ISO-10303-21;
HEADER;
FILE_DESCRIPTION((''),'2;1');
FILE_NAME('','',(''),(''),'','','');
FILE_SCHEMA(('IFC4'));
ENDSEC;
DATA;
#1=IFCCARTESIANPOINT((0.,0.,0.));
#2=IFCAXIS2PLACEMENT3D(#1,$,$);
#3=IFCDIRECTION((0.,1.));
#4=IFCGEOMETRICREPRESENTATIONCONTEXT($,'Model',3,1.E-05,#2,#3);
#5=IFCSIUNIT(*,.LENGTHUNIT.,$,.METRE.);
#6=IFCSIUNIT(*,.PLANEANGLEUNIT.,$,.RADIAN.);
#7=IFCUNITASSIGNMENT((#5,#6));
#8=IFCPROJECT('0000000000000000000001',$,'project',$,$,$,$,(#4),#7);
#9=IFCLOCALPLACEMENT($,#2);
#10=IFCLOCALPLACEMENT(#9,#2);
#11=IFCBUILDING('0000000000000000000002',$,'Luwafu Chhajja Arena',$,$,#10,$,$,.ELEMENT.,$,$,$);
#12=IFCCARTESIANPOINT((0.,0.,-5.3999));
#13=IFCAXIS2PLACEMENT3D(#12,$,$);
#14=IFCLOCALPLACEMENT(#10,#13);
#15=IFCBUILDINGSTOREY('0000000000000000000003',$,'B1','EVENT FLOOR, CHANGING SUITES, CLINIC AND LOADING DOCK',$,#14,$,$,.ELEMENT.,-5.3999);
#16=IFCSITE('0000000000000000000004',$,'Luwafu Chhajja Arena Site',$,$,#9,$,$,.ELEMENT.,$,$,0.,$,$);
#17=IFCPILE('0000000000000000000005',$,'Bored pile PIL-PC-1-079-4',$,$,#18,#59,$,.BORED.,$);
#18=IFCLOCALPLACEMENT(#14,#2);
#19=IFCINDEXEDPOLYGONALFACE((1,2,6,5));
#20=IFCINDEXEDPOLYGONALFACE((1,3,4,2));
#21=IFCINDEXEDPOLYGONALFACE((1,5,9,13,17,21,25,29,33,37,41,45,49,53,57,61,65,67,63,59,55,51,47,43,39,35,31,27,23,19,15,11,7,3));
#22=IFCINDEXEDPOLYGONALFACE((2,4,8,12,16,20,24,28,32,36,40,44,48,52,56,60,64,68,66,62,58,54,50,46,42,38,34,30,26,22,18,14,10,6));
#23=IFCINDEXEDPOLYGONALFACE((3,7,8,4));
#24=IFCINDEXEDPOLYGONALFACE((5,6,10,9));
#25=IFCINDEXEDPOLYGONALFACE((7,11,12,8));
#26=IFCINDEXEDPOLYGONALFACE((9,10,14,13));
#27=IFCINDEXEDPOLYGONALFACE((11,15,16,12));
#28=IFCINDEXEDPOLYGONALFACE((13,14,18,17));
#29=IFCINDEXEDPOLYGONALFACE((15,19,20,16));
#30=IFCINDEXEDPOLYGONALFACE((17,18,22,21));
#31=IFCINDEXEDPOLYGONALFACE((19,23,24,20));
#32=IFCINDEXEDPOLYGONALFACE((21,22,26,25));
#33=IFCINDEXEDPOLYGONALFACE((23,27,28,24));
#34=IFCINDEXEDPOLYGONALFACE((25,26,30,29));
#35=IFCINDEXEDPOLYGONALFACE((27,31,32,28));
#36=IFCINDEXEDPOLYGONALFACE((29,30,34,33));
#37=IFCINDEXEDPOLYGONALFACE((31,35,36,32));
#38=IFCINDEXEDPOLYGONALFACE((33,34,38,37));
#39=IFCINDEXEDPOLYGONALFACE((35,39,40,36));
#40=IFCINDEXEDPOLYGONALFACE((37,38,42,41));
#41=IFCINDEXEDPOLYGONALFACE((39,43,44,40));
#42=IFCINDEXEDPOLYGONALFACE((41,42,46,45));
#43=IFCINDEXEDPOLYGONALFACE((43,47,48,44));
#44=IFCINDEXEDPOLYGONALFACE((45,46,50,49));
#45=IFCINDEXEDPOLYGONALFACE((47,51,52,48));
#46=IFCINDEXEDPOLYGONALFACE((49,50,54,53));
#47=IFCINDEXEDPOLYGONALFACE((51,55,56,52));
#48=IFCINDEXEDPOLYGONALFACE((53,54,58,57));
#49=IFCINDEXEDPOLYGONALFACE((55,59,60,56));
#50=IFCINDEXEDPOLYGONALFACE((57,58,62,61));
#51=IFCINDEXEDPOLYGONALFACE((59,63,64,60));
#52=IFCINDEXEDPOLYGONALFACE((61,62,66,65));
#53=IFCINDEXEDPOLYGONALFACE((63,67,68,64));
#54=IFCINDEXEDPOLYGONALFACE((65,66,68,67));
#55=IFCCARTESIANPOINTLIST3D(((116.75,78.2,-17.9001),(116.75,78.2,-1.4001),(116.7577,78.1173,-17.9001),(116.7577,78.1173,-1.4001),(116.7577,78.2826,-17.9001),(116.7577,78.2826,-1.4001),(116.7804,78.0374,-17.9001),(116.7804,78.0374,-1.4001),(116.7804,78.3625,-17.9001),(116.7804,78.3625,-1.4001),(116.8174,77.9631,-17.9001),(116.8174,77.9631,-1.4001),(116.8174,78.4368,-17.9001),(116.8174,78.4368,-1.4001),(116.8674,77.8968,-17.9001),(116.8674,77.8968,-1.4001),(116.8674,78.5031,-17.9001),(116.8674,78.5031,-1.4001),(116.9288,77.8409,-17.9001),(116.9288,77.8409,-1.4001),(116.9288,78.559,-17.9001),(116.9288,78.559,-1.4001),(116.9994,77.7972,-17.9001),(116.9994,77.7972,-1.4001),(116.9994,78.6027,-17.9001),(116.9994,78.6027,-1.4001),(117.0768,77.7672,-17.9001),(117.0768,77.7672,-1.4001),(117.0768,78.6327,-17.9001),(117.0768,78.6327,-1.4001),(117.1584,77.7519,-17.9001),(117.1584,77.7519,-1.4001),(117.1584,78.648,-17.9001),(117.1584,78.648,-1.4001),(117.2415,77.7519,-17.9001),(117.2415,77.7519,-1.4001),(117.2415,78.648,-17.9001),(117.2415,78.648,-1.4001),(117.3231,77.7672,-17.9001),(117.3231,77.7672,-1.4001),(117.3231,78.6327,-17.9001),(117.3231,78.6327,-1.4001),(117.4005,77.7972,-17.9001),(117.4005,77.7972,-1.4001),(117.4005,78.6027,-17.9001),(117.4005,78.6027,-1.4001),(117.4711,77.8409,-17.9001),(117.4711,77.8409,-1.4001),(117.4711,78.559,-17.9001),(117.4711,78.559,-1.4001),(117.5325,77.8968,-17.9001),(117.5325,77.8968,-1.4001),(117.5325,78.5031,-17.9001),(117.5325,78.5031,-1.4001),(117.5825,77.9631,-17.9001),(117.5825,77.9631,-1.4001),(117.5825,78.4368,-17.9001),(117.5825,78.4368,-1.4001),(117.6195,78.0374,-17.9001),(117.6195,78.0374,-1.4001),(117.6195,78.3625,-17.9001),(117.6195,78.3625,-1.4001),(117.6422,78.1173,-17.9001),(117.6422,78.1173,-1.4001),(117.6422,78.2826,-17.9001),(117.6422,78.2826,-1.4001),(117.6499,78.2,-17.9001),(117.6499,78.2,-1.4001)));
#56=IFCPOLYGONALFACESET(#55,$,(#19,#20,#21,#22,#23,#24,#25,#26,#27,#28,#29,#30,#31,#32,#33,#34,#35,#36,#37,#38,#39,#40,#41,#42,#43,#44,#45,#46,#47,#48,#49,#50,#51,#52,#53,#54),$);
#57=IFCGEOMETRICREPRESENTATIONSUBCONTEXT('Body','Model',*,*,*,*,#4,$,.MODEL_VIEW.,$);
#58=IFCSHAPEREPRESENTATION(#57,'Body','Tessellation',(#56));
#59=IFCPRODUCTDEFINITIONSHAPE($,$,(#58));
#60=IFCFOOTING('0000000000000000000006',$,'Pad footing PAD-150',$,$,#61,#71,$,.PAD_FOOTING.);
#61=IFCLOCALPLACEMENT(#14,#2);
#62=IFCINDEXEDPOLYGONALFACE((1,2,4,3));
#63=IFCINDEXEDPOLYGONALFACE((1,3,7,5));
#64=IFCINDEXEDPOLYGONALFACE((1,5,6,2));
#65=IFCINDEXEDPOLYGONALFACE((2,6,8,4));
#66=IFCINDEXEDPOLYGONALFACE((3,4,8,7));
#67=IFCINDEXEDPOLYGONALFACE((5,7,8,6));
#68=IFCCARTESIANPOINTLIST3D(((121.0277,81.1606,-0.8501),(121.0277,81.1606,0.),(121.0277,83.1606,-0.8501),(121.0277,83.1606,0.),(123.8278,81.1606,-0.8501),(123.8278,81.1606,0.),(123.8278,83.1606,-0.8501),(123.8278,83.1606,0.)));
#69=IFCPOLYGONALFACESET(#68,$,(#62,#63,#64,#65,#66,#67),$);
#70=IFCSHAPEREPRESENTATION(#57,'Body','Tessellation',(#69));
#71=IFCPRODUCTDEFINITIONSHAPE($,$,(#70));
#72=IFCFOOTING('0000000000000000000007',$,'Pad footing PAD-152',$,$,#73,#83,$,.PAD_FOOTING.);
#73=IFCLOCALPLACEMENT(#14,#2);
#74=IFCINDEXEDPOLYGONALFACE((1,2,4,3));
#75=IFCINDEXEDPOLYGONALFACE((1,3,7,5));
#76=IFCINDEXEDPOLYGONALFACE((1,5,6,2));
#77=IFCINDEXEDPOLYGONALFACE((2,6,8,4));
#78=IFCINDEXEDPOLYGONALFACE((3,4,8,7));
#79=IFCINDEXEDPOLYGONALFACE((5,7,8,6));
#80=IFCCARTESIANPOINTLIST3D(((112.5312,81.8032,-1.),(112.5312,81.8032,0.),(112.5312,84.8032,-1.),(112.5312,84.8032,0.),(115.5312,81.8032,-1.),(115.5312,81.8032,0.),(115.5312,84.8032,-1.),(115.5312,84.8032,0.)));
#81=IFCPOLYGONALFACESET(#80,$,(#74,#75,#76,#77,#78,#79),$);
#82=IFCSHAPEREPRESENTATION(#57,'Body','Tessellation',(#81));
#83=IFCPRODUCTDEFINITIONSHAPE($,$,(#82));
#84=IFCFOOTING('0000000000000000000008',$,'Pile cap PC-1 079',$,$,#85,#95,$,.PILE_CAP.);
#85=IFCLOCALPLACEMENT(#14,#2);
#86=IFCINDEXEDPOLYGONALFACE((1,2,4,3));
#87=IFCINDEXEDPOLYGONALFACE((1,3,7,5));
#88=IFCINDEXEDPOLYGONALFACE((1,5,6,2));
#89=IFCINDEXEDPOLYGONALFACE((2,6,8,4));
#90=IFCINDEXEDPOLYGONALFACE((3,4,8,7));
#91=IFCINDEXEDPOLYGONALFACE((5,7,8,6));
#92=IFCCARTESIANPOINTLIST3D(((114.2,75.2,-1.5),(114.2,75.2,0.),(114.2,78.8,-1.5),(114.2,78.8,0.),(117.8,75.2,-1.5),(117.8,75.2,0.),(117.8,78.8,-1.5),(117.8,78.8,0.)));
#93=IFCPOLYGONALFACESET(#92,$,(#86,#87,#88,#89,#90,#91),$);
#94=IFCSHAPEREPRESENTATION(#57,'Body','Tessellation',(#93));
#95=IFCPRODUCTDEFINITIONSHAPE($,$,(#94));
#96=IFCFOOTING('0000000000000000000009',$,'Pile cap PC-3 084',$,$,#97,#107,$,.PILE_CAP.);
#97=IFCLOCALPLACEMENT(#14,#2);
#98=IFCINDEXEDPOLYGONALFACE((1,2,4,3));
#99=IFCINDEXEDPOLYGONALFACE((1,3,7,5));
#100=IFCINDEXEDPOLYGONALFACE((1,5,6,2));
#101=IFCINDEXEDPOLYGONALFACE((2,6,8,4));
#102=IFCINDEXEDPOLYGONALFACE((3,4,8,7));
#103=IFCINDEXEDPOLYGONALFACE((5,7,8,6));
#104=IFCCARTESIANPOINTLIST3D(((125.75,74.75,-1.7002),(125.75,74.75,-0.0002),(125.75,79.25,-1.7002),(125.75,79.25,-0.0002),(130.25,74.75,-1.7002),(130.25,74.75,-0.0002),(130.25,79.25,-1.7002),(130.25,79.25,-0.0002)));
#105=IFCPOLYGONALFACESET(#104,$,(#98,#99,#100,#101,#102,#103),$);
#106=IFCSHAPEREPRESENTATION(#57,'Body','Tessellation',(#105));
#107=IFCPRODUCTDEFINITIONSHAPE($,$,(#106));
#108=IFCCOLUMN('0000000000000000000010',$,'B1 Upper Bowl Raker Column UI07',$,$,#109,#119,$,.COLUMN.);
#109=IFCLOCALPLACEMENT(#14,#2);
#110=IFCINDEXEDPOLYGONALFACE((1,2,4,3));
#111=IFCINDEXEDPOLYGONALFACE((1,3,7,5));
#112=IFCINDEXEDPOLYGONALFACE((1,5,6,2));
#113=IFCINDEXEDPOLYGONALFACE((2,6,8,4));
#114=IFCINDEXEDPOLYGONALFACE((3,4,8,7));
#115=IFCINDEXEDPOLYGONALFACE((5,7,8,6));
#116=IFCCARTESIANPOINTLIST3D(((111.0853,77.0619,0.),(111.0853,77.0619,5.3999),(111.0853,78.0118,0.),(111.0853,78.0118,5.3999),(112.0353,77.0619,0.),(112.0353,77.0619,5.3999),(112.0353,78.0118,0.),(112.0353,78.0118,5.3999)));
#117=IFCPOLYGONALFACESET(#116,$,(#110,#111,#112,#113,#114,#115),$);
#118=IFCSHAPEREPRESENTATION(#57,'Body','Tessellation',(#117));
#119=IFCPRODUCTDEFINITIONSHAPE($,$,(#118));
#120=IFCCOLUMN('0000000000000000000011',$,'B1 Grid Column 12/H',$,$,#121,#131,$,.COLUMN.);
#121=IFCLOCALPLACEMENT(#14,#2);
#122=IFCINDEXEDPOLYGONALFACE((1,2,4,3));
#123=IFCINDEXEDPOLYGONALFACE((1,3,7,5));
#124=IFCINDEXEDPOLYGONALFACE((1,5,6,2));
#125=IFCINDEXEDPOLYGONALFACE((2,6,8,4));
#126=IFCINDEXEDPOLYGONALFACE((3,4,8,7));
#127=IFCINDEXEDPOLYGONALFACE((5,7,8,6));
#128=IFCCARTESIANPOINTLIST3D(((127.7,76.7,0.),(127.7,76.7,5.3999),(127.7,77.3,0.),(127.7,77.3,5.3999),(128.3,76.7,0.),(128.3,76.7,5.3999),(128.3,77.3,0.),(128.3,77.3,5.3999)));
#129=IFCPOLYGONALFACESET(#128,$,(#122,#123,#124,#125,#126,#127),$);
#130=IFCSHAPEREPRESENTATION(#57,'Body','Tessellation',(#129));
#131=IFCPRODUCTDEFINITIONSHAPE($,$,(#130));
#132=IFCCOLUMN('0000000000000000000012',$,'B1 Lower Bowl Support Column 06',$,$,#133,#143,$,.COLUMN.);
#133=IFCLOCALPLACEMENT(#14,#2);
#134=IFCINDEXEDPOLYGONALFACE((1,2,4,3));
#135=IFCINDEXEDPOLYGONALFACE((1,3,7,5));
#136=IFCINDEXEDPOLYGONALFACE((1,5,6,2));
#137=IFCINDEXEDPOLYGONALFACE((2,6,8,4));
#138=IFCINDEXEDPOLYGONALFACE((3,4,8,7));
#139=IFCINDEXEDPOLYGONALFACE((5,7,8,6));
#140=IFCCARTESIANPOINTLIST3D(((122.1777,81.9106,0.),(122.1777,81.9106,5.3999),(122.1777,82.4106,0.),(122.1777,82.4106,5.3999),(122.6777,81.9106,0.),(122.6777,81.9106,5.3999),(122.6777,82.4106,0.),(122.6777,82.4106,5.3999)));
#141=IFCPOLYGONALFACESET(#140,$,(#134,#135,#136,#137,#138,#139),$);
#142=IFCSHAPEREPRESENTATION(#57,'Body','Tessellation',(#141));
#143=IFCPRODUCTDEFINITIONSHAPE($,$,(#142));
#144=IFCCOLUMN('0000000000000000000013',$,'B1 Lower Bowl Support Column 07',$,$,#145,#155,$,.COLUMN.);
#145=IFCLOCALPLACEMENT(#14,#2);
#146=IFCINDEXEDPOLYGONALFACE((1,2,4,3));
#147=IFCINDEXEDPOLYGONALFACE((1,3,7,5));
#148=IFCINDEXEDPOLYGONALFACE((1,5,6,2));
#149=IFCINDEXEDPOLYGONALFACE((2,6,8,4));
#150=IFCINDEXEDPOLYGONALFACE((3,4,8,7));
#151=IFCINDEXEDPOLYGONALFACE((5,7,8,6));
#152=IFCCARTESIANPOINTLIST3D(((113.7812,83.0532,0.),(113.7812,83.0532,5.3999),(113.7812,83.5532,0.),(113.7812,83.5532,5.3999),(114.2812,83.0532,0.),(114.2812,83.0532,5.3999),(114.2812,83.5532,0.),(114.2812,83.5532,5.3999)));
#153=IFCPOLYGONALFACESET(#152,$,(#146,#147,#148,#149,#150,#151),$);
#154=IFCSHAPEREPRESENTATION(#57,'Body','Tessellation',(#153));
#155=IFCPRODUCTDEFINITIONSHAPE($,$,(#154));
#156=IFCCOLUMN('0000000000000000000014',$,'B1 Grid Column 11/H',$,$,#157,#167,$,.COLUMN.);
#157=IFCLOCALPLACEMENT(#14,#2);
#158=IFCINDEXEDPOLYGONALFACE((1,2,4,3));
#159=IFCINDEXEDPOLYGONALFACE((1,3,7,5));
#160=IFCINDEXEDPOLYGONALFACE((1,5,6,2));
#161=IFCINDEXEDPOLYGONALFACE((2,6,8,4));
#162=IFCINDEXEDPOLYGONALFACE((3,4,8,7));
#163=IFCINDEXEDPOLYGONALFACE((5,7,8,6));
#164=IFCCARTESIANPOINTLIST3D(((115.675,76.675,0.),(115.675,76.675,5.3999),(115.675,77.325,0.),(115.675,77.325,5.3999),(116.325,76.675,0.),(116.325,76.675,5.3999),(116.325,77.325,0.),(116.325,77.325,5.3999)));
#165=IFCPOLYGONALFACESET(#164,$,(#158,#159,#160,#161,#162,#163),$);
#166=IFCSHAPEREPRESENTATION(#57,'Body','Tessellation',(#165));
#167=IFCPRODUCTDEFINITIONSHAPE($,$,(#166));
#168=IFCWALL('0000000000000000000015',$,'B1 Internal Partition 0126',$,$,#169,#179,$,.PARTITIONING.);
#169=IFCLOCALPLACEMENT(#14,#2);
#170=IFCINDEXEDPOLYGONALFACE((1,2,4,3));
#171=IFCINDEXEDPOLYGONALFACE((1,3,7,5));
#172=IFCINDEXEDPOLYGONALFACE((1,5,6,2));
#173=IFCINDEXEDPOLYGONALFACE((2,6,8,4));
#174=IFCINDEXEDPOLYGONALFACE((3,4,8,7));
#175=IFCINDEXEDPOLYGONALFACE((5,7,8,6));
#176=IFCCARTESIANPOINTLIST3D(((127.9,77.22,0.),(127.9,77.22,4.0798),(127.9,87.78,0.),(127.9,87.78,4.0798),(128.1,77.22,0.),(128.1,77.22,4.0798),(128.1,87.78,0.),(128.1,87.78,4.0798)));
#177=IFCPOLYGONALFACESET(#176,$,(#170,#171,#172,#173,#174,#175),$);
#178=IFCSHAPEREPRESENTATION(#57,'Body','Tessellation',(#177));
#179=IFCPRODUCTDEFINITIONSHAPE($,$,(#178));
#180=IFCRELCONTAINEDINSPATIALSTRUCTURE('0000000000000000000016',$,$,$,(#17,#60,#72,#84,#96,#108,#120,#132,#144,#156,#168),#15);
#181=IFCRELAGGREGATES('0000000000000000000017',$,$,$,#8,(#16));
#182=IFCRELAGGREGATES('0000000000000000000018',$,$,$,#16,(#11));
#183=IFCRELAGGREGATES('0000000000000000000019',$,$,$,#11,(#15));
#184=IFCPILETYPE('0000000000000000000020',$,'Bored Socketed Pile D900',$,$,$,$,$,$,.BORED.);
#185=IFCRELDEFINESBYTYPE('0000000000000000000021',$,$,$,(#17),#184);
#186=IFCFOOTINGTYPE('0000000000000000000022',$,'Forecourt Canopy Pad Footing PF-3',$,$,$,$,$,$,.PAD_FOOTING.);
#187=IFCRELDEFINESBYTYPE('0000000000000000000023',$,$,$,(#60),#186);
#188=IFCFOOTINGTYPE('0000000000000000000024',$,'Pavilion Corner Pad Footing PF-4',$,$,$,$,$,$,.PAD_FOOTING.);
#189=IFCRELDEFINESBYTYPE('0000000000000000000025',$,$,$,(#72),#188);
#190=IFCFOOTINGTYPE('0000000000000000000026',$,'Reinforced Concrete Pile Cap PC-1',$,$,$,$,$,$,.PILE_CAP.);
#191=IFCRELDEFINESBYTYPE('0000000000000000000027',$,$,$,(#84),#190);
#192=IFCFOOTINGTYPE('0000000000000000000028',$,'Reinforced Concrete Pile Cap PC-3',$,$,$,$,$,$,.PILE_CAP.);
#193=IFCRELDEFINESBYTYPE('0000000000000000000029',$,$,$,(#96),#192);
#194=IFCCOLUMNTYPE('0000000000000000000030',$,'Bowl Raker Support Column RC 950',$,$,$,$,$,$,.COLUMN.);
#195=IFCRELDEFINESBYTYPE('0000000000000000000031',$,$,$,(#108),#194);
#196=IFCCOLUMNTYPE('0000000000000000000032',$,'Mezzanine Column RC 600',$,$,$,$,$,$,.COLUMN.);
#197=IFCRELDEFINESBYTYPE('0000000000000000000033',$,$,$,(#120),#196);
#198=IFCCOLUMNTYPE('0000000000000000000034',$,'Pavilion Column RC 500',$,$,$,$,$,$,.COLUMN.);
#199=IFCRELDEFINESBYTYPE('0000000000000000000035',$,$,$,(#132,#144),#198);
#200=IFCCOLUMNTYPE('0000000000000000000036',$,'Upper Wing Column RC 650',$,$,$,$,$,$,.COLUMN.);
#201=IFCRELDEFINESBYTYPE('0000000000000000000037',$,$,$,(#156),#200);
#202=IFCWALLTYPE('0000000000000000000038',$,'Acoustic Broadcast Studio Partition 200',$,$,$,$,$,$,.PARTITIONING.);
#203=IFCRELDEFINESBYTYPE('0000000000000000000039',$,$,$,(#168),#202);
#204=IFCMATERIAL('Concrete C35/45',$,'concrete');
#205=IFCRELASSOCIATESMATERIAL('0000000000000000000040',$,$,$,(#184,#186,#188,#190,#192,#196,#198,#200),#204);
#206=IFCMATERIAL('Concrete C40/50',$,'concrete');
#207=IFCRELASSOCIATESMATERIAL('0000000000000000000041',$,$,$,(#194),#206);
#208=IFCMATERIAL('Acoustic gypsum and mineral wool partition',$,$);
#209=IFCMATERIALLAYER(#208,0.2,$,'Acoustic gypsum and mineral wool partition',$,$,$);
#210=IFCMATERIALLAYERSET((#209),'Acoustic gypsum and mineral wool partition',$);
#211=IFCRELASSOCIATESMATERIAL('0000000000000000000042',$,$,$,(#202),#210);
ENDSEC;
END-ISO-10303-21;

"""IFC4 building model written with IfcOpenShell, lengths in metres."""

from ifc_helpers import new_model, si_unit, direction, frame, frame_2d, origin, origin_2d, place, context, subcontext, project, spatial, rectangle, circle, extrude, material, layer, layer_set, material_profile, profile_set, type_object, element, save


model = new_model("IFC4")

# Units and contexts
model_context = context("Model", 3, precision=1e-05, world=origin(), true_north=direction((0.0, 1.0)))
body_context = subcontext(model_context, "Body", "Model", "MODEL_VIEW")
ifc_project = project(units=[si_unit("LENGTHUNIT", "METRE"), si_unit("PLANEANGLEUNIT", "RADIAN")], contexts=[model_context])

# Site, building, storey
site_placement = place(None, origin())
site = spatial("IfcSite", under=ifc_project, at=site_placement, Name="Luwafu Chhajja Arena Site", CompositionType="ELEMENT", RefElevation=0.0)
building_placement = place(site_placement, origin())
building = spatial("IfcBuilding", under=site, at=building_placement, Name="Luwafu Chhajja Arena", CompositionType="ELEMENT")
storey_placement = place(building_placement, frame((0.0, 0.0, -5.3999)))
storey = spatial("IfcBuildingStorey", under=building, at=storey_placement, Name="B1", Description="EVENT FLOOR, CHANGING SUITES, CLINIC AND LOADING DOCK", CompositionType="ELEMENT", Elevation=-5.3999)

# Pile
ifc_material_1 = material(Name="Concrete C35/45", Category="concrete")
ifc_material_profile_1 = material_profile(ifc_material_1, circle(Radius=0.45, at=origin_2d()), Name="PILE D900")
ifc_profile_set_1 = profile_set([ifc_material_profile_1], Name="Concrete C35/45")
pile_type_1 = type_object("IfcPileType", Name="Bored Socketed Pile D900", PredefinedType="BORED", material=ifc_profile_set_1)
for number, where, z_axis, x_axis, name in (
    (1, (117.2, 78.2, -1.4001), (0.0, 0.0, -1.0), (1.0, 0.0, 0.0), "Bored pile PIL-PC-1-079-4"),
):
    element("IfcPile", number, at=place(storey_placement, frame(where, z_axis=z_axis, x_axis=x_axis)), inside=storey, type_object=pile_type_1, Name=name, PredefinedType="BORED", context=body_context, shape_type="SweptSolid", body=[
        extrude(circle(Radius=0.45, at=origin_2d()), origin(), (0.0, 0.0, 1.0), 16.5),
    ])

# Footings
footing_type_1 = type_object("IfcFootingType", Name="Forecourt Canopy Pad Footing PF-3", PredefinedType="PAD_FOOTING", material=ifc_material_1)
footing_1_placement = place(storey_placement, frame((122.4277, 82.1606, -0.8501), z_axis=(0.0, 0.0, 1.0), x_axis=(1.0, 0.0, 0.0)))
element("IfcFooting", 2, at=footing_1_placement, inside=storey, type_object=footing_type_1, Name="Pad footing PAD-150", PredefinedType="PAD_FOOTING", context=body_context, shape_type="SweptSolid", body=[
    extrude(rectangle(XDim=2.8, YDim=2.0, at=origin_2d()), origin(), (0.0, 0.0, 1.0), 0.8501),
])
footing_type_2 = type_object("IfcFootingType", Name="Pavilion Corner Pad Footing PF-4", PredefinedType="PAD_FOOTING", material=ifc_material_1)
footing_2_placement = place(storey_placement, frame((114.0312, 83.3032, -1.0), z_axis=(0.0, 0.0, 1.0), x_axis=(1.0, 0.0, 0.0)))
element("IfcFooting", 3, at=footing_2_placement, inside=storey, type_object=footing_type_2, Name="Pad footing PAD-152", PredefinedType="PAD_FOOTING", context=body_context, shape_type="SweptSolid", body=[
    extrude(rectangle(XDim=3.0, YDim=3.0, at=origin_2d()), origin(), (0.0, 0.0, 1.0), 1.0),
])
footing_type_3 = type_object("IfcFootingType", Name="Reinforced Concrete Pile Cap PC-1", PredefinedType="PILE_CAP", material=ifc_material_1)
footing_3_placement = place(storey_placement, frame((116.0, 77.0, -1.5), z_axis=(0.0, 0.0, 1.0), x_axis=(1.0, 0.0, 0.0)))
element("IfcFooting", 4, at=footing_3_placement, inside=storey, type_object=footing_type_3, Name="Pile cap PC-1 079", PredefinedType="PILE_CAP", context=body_context, shape_type="SweptSolid", body=[
    extrude(rectangle(XDim=3.6001, YDim=3.6001, at=origin_2d()), origin(), (0.0, 0.0, 1.0), 1.5),
])
footing_type_4 = type_object("IfcFootingType", Name="Reinforced Concrete Pile Cap PC-3", PredefinedType="PILE_CAP", material=ifc_material_1)
footing_4_placement = place(storey_placement, frame((128.0, 77.0, -1.7002), z_axis=(0.0, 0.0, 1.0), x_axis=(1.0, 0.0, 0.0)))
element("IfcFooting", 5, at=footing_4_placement, inside=storey, type_object=footing_type_4, Name="Pile cap PC-3 084", PredefinedType="PILE_CAP", context=body_context, shape_type="SweptSolid", body=[
    extrude(rectangle(XDim=4.5, YDim=4.5, at=origin_2d()), origin(), (0.0, 0.0, 1.0), 1.7),
])

# Columns
ifc_material_2 = material(Name="Concrete C40/50", Category="concrete")
ifc_material_profile_2 = material_profile(ifc_material_2, rectangle(XDim=0.95, YDim=0.95, at=origin_2d()), Name="RC 950x950")
ifc_profile_set_2 = profile_set([ifc_material_profile_2], Name="Concrete C40/50")
column_type_1 = type_object("IfcColumnType", Name="Bowl Raker Support Column RC 950", PredefinedType="COLUMN", material=ifc_profile_set_2)
column_1_placement = place(storey_placement, frame((111.5603, 77.5369, 0.0), z_axis=(0.0, 0.0, 1.0), x_axis=(1.0, 0.0, 0.0)))
element("IfcColumn", 6, at=column_1_placement, inside=storey, type_object=column_type_1, Name="B1 Upper Bowl Raker Column UI07", PredefinedType="COLUMN", context=body_context, shape_type="SweptSolid", body=[
    extrude(rectangle(XDim=0.95, YDim=0.95, at=origin_2d()), origin(), (0.0, 0.0, 1.0), 5.3999),
])
ifc_material_profile_3 = material_profile(ifc_material_1, rectangle(XDim=0.6001, YDim=0.6001, at=origin_2d()), Name="RC 600x600")
ifc_profile_set_3 = profile_set([ifc_material_profile_3], Name="Concrete C35/45")
column_type_2 = type_object("IfcColumnType", Name="Mezzanine Column RC 600", PredefinedType="COLUMN", material=ifc_profile_set_3)
column_2_placement = place(storey_placement, frame((128.0, 77.0, 0.0), z_axis=(0.0, 0.0, 1.0), x_axis=(1.0, 0.0, 0.0)))
element("IfcColumn", 7, at=column_2_placement, inside=storey, type_object=column_type_2, Name="B1 Grid Column 12/H", PredefinedType="COLUMN", context=body_context, shape_type="SweptSolid", body=[
    extrude(rectangle(XDim=0.6001, YDim=0.6001, at=origin_2d()), origin(), (0.0, 0.0, 1.0), 5.3999),
])
ifc_material_profile_4 = material_profile(ifc_material_1, rectangle(XDim=0.5, YDim=0.5, at=origin_2d()), Name="RC 500x500")
ifc_profile_set_4 = profile_set([ifc_material_profile_4], Name="Concrete C35/45")
column_type_3 = type_object("IfcColumnType", Name="Pavilion Column RC 500", PredefinedType="COLUMN", material=ifc_profile_set_4)
for number, where, z_axis, x_axis, name in (
    (8, (122.4277, 82.1606, 0.0), (0.0, 0.0, 1.0), (1.0, 0.0, 0.0), "B1 Lower Bowl Support Column 06"),
    (9, (114.0312, 83.3032, 0.0), (0.0, 0.0, 1.0), (1.0, 0.0, 0.0), "B1 Lower Bowl Support Column 07"),
):
    element("IfcColumn", number, at=place(storey_placement, frame(where, z_axis=z_axis, x_axis=x_axis)), inside=storey, type_object=column_type_3, Name=name, PredefinedType="COLUMN", context=body_context, shape_type="SweptSolid", body=[
        extrude(rectangle(XDim=0.5, YDim=0.5, at=origin_2d()), origin(), (0.0, 0.0, 1.0), 5.3999),
    ])
ifc_material_profile_5 = material_profile(ifc_material_1, rectangle(XDim=0.6499, YDim=0.6499, at=origin_2d()), Name="RC 650x650")
ifc_profile_set_5 = profile_set([ifc_material_profile_5], Name="Concrete C35/45")
column_type_4 = type_object("IfcColumnType", Name="Upper Wing Column RC 650", PredefinedType="COLUMN", material=ifc_profile_set_5)
column_3_placement = place(storey_placement, frame((116.0, 77.0, 0.0), z_axis=(0.0, 0.0, 1.0), x_axis=(1.0, 0.0, 0.0)))
element("IfcColumn", 10, at=column_3_placement, inside=storey, type_object=column_type_4, Name="B1 Grid Column 11/H", PredefinedType="COLUMN", context=body_context, shape_type="SweptSolid", body=[
    extrude(rectangle(XDim=0.6499, YDim=0.6499, at=origin_2d()), origin(), (0.0, 0.0, 1.0), 5.3999),
])

# Wall
ifc_material_3 = material(Name="Acoustic gypsum and mineral wool partition")
ifc_layer_1 = layer(ifc_material_3, 0.2, Name="Acoustic gypsum and mineral wool partition")
ifc_layer_set_1 = layer_set([ifc_layer_1], Name="Acoustic gypsum and mineral wool partition")
wall_type_1 = type_object("IfcWallType", Name="Acoustic Broadcast Studio Partition 200", PredefinedType="PARTITIONING", material=ifc_layer_set_1)
wall_1_placement = place(storey_placement, frame((128.0, 77.22, 0.0), z_axis=(0.0, 0.0, 1.0), x_axis=(0.0, 1.0, 0.0)))
element("IfcWall", 11, at=wall_1_placement, inside=storey, type_object=wall_type_1, Name="B1 Internal Partition 0126", PredefinedType="PARTITIONING", context=body_context, shape_type="SweptSolid", body=[
    extrude(rectangle(XDim=10.5601, YDim=0.2, at=frame_2d((5.28, 0.0))), origin(), (0.0, 0.0, 1.0), 4.0798),
])

save(model, "model.ifc")
